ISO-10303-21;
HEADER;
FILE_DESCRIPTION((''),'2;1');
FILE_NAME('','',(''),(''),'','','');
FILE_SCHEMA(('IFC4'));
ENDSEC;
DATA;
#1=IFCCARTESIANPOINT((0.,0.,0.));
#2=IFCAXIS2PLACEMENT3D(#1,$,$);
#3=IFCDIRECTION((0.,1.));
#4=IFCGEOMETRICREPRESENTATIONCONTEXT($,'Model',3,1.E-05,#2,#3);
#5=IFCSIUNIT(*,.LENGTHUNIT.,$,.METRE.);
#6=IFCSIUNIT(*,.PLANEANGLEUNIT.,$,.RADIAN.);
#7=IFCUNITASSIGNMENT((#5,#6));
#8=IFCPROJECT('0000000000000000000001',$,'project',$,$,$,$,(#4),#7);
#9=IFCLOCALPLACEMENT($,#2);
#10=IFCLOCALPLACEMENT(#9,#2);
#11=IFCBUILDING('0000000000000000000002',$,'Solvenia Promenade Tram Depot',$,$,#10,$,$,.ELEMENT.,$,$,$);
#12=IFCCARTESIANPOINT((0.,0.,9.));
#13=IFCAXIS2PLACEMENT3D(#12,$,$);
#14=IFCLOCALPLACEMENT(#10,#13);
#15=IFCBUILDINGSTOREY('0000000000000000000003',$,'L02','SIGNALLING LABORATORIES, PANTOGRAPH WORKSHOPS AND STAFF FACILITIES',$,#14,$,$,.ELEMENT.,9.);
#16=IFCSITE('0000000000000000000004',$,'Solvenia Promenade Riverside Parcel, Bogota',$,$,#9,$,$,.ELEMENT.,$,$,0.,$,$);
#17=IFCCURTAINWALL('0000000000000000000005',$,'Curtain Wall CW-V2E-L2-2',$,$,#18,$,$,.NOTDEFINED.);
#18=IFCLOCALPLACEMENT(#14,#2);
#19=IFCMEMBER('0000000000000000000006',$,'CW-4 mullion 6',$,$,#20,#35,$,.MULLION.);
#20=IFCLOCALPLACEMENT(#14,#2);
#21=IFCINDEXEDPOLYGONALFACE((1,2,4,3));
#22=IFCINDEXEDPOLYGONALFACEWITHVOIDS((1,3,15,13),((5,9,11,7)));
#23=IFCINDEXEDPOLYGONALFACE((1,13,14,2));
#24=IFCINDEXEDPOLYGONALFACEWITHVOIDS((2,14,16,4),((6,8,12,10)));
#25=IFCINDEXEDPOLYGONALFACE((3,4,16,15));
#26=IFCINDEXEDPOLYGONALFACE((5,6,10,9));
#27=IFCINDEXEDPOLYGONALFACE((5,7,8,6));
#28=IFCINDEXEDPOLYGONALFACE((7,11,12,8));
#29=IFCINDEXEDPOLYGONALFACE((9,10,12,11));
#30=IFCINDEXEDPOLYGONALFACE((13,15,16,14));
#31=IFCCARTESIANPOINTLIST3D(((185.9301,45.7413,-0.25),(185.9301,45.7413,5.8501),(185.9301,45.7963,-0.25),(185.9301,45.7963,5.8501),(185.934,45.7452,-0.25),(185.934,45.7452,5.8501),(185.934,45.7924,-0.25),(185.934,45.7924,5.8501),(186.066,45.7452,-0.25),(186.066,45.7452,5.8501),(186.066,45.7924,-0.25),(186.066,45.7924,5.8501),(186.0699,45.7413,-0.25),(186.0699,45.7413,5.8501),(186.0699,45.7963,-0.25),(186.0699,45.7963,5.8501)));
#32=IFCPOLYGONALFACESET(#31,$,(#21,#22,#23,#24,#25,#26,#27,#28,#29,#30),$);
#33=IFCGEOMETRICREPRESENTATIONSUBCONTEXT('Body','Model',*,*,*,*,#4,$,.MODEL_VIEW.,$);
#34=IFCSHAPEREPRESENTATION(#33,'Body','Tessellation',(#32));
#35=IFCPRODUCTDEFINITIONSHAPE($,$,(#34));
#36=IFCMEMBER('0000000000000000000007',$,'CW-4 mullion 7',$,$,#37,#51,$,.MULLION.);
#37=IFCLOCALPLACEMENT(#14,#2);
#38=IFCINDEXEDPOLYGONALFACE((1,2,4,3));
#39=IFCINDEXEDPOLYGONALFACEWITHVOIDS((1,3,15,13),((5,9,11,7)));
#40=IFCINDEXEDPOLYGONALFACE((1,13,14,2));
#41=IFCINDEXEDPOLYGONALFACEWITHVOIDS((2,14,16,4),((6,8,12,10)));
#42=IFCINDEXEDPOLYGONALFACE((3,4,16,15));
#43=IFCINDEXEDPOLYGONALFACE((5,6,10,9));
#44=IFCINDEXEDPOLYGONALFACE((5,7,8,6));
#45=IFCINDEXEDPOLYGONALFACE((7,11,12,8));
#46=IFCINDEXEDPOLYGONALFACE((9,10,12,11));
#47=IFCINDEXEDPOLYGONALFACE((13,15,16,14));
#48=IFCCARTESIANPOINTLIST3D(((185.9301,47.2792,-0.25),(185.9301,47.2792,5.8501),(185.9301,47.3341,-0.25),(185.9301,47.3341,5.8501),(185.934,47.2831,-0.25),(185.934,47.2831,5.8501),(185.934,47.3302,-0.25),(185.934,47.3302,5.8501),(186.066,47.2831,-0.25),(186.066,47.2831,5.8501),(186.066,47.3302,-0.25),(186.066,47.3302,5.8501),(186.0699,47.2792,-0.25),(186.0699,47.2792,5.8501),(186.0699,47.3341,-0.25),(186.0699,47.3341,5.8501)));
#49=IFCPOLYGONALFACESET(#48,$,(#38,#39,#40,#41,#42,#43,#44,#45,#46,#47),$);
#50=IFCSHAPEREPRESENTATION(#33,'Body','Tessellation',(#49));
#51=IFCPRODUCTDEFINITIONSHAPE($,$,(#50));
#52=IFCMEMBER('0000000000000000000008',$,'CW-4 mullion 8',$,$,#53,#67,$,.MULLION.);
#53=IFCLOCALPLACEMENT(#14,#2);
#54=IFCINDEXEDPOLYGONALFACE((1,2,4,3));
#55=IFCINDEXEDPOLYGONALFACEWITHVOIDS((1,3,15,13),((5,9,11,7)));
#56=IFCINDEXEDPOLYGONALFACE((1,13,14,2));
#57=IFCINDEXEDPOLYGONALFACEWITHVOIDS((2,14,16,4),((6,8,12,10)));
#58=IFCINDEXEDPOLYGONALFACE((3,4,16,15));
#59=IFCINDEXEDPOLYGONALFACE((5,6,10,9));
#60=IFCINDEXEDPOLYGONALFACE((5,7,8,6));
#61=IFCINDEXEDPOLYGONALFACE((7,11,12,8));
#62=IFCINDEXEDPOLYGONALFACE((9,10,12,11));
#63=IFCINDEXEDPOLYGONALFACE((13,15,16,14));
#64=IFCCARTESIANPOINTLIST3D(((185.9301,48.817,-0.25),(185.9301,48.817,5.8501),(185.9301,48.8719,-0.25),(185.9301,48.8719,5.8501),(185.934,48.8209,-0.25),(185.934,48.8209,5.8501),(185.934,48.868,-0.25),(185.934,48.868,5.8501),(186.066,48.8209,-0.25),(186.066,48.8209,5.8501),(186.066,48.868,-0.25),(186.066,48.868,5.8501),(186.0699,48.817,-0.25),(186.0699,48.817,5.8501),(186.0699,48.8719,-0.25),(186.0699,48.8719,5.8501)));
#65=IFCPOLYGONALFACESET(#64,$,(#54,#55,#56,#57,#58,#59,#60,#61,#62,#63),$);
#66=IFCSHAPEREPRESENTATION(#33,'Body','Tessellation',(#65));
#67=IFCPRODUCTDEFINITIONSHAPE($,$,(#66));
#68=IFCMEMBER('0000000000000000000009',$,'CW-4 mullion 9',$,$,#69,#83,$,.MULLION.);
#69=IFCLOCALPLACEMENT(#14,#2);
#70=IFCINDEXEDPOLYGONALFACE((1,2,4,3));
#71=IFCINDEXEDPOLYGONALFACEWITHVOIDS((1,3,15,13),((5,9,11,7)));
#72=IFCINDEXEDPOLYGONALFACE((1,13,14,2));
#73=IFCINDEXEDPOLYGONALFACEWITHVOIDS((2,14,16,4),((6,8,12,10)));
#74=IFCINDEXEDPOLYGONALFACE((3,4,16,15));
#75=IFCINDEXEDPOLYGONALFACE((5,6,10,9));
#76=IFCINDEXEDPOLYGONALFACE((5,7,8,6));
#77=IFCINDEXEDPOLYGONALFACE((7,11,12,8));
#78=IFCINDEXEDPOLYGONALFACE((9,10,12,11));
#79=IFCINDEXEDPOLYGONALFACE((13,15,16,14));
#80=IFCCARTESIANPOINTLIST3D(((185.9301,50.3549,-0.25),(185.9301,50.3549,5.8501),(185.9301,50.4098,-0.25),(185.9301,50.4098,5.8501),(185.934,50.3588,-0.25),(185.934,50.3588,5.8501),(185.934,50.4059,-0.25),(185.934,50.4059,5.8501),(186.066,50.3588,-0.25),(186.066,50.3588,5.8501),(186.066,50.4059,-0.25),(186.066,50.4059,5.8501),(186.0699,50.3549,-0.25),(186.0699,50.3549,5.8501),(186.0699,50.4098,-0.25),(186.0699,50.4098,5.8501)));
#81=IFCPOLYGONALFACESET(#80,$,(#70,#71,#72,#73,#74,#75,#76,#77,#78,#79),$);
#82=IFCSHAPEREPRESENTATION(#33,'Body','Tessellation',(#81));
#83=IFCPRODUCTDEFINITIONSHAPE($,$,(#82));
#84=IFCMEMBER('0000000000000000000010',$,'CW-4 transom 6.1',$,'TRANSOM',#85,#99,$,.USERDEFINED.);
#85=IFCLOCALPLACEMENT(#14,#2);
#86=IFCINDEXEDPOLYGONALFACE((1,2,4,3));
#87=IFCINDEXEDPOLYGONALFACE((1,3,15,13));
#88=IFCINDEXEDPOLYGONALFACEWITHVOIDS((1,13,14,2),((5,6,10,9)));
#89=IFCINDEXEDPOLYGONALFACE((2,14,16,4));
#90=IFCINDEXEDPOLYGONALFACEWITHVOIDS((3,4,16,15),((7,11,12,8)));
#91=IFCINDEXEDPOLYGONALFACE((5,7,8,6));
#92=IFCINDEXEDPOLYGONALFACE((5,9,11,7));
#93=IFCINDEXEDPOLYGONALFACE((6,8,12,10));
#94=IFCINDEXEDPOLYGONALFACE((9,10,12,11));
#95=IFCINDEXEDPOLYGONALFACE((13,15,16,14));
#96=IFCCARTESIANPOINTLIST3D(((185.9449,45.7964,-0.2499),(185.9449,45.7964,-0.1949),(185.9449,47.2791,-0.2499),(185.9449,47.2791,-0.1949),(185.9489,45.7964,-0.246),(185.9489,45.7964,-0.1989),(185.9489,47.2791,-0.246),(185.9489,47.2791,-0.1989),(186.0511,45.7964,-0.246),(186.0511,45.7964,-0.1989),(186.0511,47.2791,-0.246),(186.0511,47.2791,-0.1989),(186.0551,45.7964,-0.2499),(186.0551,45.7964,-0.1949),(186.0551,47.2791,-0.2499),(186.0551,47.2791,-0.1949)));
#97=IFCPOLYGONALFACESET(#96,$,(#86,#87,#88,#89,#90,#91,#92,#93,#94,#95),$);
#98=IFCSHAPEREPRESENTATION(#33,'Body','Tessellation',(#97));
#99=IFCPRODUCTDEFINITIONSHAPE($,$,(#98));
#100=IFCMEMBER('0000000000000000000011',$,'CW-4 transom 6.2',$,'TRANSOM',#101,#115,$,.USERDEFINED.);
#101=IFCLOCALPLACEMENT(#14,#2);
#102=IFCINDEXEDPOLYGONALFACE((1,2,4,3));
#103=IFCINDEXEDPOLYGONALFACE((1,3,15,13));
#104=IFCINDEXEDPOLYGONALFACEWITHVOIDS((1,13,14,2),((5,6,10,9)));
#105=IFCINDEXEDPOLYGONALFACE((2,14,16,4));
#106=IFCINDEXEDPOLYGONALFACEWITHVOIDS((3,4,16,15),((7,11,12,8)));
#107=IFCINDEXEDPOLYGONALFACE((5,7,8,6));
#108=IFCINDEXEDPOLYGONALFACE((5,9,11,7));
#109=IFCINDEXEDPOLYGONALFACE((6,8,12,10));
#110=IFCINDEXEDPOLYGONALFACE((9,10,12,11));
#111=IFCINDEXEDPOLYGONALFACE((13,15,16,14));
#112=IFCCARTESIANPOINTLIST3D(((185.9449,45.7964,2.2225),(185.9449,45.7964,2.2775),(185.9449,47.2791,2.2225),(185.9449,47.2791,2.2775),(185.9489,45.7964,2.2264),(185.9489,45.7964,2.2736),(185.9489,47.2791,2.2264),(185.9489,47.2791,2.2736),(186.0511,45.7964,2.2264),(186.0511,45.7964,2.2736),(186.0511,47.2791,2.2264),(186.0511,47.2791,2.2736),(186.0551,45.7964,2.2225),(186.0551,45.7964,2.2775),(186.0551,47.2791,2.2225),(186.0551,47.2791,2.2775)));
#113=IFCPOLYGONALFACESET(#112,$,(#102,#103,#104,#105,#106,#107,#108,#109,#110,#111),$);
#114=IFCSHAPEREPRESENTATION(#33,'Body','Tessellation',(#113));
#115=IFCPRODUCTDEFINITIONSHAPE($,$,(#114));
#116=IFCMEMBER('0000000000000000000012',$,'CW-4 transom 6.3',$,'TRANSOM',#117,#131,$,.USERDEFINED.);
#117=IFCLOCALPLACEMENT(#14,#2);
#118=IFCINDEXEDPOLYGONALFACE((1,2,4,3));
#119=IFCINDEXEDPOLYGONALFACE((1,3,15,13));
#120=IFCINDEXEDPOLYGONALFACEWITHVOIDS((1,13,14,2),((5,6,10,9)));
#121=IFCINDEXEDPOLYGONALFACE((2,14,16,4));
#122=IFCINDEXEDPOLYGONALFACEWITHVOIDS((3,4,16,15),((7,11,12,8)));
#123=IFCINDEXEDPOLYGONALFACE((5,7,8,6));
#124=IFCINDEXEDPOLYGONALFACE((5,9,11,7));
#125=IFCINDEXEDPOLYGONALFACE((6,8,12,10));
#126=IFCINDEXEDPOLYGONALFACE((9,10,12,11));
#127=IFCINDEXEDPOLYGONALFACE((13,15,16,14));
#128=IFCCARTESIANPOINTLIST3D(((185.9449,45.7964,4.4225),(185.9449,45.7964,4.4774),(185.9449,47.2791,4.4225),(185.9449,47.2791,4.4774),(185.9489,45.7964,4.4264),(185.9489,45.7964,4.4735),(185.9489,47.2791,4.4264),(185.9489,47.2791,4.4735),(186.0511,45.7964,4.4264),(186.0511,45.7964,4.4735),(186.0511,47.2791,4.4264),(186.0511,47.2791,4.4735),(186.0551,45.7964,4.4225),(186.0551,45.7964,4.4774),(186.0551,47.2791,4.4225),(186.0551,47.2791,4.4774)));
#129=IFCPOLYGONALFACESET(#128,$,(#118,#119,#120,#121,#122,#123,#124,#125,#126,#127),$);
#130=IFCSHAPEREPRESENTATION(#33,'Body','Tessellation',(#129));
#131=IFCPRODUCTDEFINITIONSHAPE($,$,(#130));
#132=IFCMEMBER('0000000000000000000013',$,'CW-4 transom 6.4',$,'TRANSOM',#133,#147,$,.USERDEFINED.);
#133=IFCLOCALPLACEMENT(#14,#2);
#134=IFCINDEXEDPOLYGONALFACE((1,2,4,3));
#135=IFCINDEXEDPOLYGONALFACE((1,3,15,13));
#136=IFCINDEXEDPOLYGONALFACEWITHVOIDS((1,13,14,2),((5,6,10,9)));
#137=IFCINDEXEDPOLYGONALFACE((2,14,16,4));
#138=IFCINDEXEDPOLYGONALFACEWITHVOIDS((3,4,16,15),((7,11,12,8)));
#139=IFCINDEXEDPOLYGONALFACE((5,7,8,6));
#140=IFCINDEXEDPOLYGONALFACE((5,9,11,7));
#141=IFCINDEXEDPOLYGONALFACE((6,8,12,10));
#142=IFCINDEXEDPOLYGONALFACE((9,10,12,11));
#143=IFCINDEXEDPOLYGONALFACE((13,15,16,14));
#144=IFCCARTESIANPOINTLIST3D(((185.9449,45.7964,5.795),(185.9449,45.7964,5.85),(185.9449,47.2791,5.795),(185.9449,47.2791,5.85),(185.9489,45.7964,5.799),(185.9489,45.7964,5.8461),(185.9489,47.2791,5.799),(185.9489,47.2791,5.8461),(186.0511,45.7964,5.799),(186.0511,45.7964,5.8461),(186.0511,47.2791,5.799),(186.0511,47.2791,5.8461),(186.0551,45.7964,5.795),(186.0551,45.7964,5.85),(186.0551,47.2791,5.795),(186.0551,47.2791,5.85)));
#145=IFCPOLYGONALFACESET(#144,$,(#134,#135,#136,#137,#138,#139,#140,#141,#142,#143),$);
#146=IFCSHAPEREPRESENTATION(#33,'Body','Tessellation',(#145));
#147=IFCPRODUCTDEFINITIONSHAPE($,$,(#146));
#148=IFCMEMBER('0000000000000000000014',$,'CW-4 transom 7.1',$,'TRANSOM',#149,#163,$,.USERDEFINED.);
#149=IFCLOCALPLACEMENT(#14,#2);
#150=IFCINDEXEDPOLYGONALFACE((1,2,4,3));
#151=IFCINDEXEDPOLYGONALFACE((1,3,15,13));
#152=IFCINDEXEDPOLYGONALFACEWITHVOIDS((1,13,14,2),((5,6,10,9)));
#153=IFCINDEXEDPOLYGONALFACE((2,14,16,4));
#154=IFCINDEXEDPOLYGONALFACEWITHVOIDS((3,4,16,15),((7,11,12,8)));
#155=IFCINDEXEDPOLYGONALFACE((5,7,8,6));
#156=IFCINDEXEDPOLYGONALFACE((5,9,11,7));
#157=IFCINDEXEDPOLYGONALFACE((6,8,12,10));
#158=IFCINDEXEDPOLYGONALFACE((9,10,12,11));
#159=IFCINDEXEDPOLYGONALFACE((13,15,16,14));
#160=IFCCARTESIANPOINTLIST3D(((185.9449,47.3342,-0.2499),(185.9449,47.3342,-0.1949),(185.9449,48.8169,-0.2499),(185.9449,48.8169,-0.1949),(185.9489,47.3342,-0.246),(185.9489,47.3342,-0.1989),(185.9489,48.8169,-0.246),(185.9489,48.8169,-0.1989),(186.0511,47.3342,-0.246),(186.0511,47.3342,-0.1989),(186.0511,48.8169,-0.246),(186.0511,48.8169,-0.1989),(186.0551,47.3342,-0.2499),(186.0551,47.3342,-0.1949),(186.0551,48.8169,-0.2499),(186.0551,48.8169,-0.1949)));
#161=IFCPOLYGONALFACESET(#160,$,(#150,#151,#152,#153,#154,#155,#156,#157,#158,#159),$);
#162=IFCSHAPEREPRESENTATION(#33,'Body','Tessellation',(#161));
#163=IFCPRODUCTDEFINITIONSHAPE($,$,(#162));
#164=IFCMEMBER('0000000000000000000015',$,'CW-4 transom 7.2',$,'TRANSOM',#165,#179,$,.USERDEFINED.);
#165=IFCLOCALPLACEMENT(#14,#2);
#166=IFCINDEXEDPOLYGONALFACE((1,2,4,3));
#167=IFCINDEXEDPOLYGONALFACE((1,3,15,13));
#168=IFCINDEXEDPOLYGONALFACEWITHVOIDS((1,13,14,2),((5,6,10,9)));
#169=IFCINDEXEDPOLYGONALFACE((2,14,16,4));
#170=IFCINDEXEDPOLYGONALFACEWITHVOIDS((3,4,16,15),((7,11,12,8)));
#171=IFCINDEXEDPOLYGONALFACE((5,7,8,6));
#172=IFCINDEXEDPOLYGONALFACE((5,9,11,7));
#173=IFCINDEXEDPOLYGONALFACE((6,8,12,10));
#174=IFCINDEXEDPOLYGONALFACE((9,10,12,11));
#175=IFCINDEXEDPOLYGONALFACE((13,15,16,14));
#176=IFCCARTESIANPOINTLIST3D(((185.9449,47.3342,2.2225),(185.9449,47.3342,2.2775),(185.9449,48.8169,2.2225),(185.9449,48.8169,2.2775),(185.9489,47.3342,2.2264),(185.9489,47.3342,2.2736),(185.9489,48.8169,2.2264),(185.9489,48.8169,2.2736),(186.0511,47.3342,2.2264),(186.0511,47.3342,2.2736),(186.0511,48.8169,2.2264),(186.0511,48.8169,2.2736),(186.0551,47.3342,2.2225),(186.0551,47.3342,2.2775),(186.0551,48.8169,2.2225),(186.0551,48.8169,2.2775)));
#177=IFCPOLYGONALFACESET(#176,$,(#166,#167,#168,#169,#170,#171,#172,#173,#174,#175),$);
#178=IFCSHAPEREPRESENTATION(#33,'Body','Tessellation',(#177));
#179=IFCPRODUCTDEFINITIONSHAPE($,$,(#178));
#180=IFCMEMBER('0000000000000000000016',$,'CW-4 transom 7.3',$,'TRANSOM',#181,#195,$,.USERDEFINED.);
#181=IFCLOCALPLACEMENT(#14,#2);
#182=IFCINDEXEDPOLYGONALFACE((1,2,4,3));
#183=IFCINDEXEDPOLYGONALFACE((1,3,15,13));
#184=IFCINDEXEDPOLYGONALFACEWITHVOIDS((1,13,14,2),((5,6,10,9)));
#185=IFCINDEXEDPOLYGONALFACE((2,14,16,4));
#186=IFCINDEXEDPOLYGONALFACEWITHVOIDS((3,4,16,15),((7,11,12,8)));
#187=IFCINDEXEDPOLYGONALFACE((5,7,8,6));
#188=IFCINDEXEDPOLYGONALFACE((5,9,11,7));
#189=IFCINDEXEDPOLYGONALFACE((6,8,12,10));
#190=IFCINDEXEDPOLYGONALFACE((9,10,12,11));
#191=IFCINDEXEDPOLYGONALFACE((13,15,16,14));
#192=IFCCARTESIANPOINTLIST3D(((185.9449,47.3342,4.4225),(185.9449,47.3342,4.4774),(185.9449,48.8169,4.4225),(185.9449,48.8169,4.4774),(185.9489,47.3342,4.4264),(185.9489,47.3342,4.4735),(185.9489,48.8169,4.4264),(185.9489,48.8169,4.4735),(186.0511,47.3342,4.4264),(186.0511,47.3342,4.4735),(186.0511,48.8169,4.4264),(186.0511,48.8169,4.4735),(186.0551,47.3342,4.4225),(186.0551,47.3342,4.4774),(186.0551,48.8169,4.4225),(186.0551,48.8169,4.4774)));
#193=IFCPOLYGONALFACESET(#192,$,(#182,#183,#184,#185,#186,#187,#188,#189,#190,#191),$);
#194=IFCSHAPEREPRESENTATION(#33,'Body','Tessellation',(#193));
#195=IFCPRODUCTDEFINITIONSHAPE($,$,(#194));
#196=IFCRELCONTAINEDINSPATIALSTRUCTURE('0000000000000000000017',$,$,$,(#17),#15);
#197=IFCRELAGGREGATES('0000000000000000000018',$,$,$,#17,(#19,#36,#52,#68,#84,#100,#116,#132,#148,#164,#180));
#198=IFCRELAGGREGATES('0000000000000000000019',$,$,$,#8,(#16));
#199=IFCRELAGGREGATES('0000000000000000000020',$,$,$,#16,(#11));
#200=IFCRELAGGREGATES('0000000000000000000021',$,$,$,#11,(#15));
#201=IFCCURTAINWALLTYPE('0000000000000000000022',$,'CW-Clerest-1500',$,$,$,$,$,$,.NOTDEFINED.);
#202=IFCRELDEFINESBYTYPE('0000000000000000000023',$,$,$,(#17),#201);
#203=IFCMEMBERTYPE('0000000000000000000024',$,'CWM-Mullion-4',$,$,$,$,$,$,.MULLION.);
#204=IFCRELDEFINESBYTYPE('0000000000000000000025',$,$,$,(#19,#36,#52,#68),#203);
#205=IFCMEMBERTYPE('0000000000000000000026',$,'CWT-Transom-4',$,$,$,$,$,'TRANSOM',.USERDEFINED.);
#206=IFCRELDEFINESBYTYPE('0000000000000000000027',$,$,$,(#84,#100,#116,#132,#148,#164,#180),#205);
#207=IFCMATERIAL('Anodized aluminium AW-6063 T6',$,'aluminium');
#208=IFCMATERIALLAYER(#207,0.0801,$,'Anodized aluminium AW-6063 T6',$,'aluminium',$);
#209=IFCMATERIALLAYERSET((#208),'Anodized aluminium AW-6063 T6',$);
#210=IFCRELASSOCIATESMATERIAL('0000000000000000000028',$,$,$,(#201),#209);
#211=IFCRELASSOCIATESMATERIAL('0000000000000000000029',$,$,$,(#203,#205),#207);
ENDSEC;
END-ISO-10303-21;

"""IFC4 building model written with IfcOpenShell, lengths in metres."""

from ifc_helpers import new_model, si_unit, direction, frame, origin, origin_2d, place, context, subcontext, project, spatial, hollow_rectangle, extrude, material, layer, layer_set, material_profile, profile_set, type_object, element, aggregate, save


model = new_model("IFC4")

# Units and contexts
model_context = context("Model", 3, precision=1e-05, world=origin(), true_north=direction((0.0, 1.0)))
body_context = subcontext(model_context, "Body", "Model", "MODEL_VIEW")
ifc_project = project(units=[si_unit("LENGTHUNIT", "METRE"), si_unit("PLANEANGLEUNIT", "RADIAN")], contexts=[model_context])

# Site, building, storey
site_placement = place(None, origin())
site = spatial("IfcSite", under=ifc_project, at=site_placement, Name="Solvenia Promenade Riverside Parcel, Bogota", CompositionType="ELEMENT", RefElevation=0.0)
building_placement = place(site_placement, origin())
building = spatial("IfcBuilding", under=site, at=building_placement, Name="Solvenia Promenade Tram Depot", CompositionType="ELEMENT")
storey_placement = place(building_placement, frame((0.0, 0.0, 9.0)))
storey = spatial("IfcBuildingStorey", under=building, at=storey_placement, Name="L02", Description="SIGNALLING LABORATORIES, PANTOGRAPH WORKSHOPS AND STAFF FACILITIES", CompositionType="ELEMENT", Elevation=9.0)

# Curtain wall, members
ifc_material_1 = material(Name="Anodized aluminium AW-6063 T6", Category="aluminium")
ifc_layer_1 = layer(ifc_material_1, 0.0801, Name="Anodized aluminium AW-6063 T6", Category="aluminium")
ifc_layer_set_1 = layer_set([ifc_layer_1], Name="Anodized aluminium AW-6063 T6")
curtain_wall_type = type_object("IfcCurtainWallType", Name="CW-Clerest-1500", PredefinedType="NOTDEFINED", material=ifc_layer_set_1)
curtain_wall_placement = place(storey_placement, origin())
curtain_wall = element("IfcCurtainWall", 1, at=curtain_wall_placement, inside=storey, type_object=curtain_wall_type, Name="Curtain Wall CW-V2E-L2-2", PredefinedType="NOTDEFINED")
ifc_material_profile_1 = material_profile(ifc_material_1, hollow_rectangle(XDim=0.1399, YDim=0.0549, WallThickness=0.0039, at=origin_2d()), Name="ALU-M4", Category="aluminium")
ifc_profile_set_1 = profile_set([ifc_material_profile_1], Name="Anodized aluminium AW-6063 T6")
member_type_1 = type_object("IfcMemberType", Name="CWM-Mullion-4", PredefinedType="MULLION", material=ifc_profile_set_1)
member_1_placement = place(storey_placement, frame((186.0, 45.7688, -0.25), z_axis=(0.0, 0.0, 1.0), x_axis=(-1.0, 0.0, 0.0)))
member_1 = element("IfcMember", 2, at=member_1_placement, type_object=member_type_1, Name="CW-4 mullion 6", PredefinedType="MULLION", context=body_context, shape_type="SweptSolid", body=[
    extrude(hollow_rectangle(XDim=0.1399, YDim=0.0549, WallThickness=0.0039, at=origin_2d()), origin(), (0.0, 0.0, 1.0), 6.1001),
])
member_2_placement = place(storey_placement, frame((186.0, 47.3066, -0.25), z_axis=(0.0, 0.0, 1.0), x_axis=(-1.0, 0.0, 0.0)))
member_2 = element("IfcMember", 3, at=member_2_placement, type_object=member_type_1, Name="CW-4 mullion 7", PredefinedType="MULLION", context=body_context, shape_type="SweptSolid", body=[
    extrude(hollow_rectangle(XDim=0.1399, YDim=0.0549, WallThickness=0.0039, at=origin_2d()), origin(), (0.0, 0.0, 1.0), 6.1001),
])
member_3_placement = place(storey_placement, frame((186.0, 48.8445, -0.25), z_axis=(0.0, 0.0, 1.0), x_axis=(-1.0, 0.0, 0.0)))
member_3 = element("IfcMember", 4, at=member_3_placement, type_object=member_type_1, Name="CW-4 mullion 8", PredefinedType="MULLION", context=body_context, shape_type="SweptSolid", body=[
    extrude(hollow_rectangle(XDim=0.1399, YDim=0.0549, WallThickness=0.0039, at=origin_2d()), origin(), (0.0, 0.0, 1.0), 6.1001),
])
member_4_placement = place(storey_placement, frame((186.0, 50.3823, -0.25), z_axis=(0.0, 0.0, 1.0), x_axis=(-1.0, 0.0, 0.0)))
member_4 = element("IfcMember", 5, at=member_4_placement, type_object=member_type_1, Name="CW-4 mullion 9", PredefinedType="MULLION", context=body_context, shape_type="SweptSolid", body=[
    extrude(hollow_rectangle(XDim=0.1399, YDim=0.0549, WallThickness=0.0039, at=origin_2d()), origin(), (0.0, 0.0, 1.0), 6.1001),
])
ifc_material_profile_2 = material_profile(ifc_material_1, hollow_rectangle(XDim=0.1101, YDim=0.0549, WallThickness=0.0039, at=origin_2d()), Name="ALU-T4", Category="aluminium")
ifc_profile_set_2 = profile_set([ifc_material_profile_2], Name="Anodized aluminium AW-6063 T6")
member_type_2 = type_object("IfcMemberType", Name="CWT-Transom-4", ElementType="TRANSOM", PredefinedType="USERDEFINED", material=ifc_profile_set_2)
member_5_placement = place(storey_placement, frame((186.0, 45.7964, -0.2224), z_axis=(0.0, 1.0, 0.0), x_axis=(-1.0, 0.0, 0.0)))
member_5 = element("IfcMember", 6, at=member_5_placement, type_object=member_type_2, Name="CW-4 transom 6.1", ObjectType="TRANSOM", PredefinedType="USERDEFINED", context=body_context, shape_type="SweptSolid", body=[
    extrude(hollow_rectangle(XDim=0.1101, YDim=0.0549, WallThickness=0.0039, at=origin_2d()), origin(), (0.0, 0.0, 1.0), 1.4827),
])
member_6_placement = place(storey_placement, frame((186.0, 45.7964, 2.25), z_axis=(0.0, 1.0, 0.0), x_axis=(-1.0, 0.0, 0.0)))
member_6 = element("IfcMember", 7, at=member_6_placement, type_object=member_type_2, Name="CW-4 transom 6.2", ObjectType="TRANSOM", PredefinedType="USERDEFINED", context=body_context, shape_type="SweptSolid", body=[
    extrude(hollow_rectangle(XDim=0.1101, YDim=0.0549, WallThickness=0.0039, at=origin_2d()), origin(), (0.0, 0.0, 1.0), 1.4827),
])
member_7_placement = place(storey_placement, frame((186.0, 45.7964, 4.45), z_axis=(0.0, 1.0, 0.0), x_axis=(-1.0, 0.0, 0.0)))
member_7 = element("IfcMember", 8, at=member_7_placement, type_object=member_type_2, Name="CW-4 transom 6.3", ObjectType="TRANSOM", PredefinedType="USERDEFINED", context=body_context, shape_type="SweptSolid", body=[
    extrude(hollow_rectangle(XDim=0.1101, YDim=0.0549, WallThickness=0.0039, at=origin_2d()), origin(), (0.0, 0.0, 1.0), 1.4827),
])
member_8_placement = place(storey_placement, frame((186.0, 45.7964, 5.8225), z_axis=(0.0, 1.0, 0.0), x_axis=(-1.0, 0.0, 0.0)))
member_8 = element("IfcMember", 9, at=member_8_placement, type_object=member_type_2, Name="CW-4 transom 6.4", ObjectType="TRANSOM", PredefinedType="USERDEFINED", context=body_context, shape_type="SweptSolid", body=[
    extrude(hollow_rectangle(XDim=0.1101, YDim=0.0549, WallThickness=0.0039, at=origin_2d()), origin(), (0.0, 0.0, 1.0), 1.4827),
])
member_9_placement = place(storey_placement, frame((186.0, 47.3342, -0.2224), z_axis=(0.0, 1.0, 0.0), x_axis=(-1.0, 0.0, 0.0)))
member_9 = element("IfcMember", 10, at=member_9_placement, type_object=member_type_2, Name="CW-4 transom 7.1", ObjectType="TRANSOM", PredefinedType="USERDEFINED", context=body_context, shape_type="SweptSolid", body=[
    extrude(hollow_rectangle(XDim=0.1101, YDim=0.0549, WallThickness=0.0039, at=origin_2d()), origin(), (0.0, 0.0, 1.0), 1.4827),
])
member_10_placement = place(storey_placement, frame((186.0, 47.3342, 2.25), z_axis=(0.0, 1.0, 0.0), x_axis=(-1.0, 0.0, 0.0)))
member_10 = element("IfcMember", 11, at=member_10_placement, type_object=member_type_2, Name="CW-4 transom 7.2", ObjectType="TRANSOM", PredefinedType="USERDEFINED", context=body_context, shape_type="SweptSolid", body=[
    extrude(hollow_rectangle(XDim=0.1101, YDim=0.0549, WallThickness=0.0039, at=origin_2d()), origin(), (0.0, 0.0, 1.0), 1.4827),
])
member_11_placement = place(storey_placement, frame((186.0, 47.3342, 4.45), z_axis=(0.0, 1.0, 0.0), x_axis=(-1.0, 0.0, 0.0)))
member_11 = element("IfcMember", 12, at=member_11_placement, type_object=member_type_2, Name="CW-4 transom 7.3", ObjectType="TRANSOM", PredefinedType="USERDEFINED", context=body_context, shape_type="SweptSolid", body=[
    extrude(hollow_rectangle(XDim=0.1101, YDim=0.0549, WallThickness=0.0039, at=origin_2d()), origin(), (0.0, 0.0, 1.0), 1.4827),
])
aggregate(curtain_wall, [member_1, member_2, member_3, member_4, member_5, member_6, member_7, member_8, member_9, member_10, member_11])

save(model, "model.ifc")
